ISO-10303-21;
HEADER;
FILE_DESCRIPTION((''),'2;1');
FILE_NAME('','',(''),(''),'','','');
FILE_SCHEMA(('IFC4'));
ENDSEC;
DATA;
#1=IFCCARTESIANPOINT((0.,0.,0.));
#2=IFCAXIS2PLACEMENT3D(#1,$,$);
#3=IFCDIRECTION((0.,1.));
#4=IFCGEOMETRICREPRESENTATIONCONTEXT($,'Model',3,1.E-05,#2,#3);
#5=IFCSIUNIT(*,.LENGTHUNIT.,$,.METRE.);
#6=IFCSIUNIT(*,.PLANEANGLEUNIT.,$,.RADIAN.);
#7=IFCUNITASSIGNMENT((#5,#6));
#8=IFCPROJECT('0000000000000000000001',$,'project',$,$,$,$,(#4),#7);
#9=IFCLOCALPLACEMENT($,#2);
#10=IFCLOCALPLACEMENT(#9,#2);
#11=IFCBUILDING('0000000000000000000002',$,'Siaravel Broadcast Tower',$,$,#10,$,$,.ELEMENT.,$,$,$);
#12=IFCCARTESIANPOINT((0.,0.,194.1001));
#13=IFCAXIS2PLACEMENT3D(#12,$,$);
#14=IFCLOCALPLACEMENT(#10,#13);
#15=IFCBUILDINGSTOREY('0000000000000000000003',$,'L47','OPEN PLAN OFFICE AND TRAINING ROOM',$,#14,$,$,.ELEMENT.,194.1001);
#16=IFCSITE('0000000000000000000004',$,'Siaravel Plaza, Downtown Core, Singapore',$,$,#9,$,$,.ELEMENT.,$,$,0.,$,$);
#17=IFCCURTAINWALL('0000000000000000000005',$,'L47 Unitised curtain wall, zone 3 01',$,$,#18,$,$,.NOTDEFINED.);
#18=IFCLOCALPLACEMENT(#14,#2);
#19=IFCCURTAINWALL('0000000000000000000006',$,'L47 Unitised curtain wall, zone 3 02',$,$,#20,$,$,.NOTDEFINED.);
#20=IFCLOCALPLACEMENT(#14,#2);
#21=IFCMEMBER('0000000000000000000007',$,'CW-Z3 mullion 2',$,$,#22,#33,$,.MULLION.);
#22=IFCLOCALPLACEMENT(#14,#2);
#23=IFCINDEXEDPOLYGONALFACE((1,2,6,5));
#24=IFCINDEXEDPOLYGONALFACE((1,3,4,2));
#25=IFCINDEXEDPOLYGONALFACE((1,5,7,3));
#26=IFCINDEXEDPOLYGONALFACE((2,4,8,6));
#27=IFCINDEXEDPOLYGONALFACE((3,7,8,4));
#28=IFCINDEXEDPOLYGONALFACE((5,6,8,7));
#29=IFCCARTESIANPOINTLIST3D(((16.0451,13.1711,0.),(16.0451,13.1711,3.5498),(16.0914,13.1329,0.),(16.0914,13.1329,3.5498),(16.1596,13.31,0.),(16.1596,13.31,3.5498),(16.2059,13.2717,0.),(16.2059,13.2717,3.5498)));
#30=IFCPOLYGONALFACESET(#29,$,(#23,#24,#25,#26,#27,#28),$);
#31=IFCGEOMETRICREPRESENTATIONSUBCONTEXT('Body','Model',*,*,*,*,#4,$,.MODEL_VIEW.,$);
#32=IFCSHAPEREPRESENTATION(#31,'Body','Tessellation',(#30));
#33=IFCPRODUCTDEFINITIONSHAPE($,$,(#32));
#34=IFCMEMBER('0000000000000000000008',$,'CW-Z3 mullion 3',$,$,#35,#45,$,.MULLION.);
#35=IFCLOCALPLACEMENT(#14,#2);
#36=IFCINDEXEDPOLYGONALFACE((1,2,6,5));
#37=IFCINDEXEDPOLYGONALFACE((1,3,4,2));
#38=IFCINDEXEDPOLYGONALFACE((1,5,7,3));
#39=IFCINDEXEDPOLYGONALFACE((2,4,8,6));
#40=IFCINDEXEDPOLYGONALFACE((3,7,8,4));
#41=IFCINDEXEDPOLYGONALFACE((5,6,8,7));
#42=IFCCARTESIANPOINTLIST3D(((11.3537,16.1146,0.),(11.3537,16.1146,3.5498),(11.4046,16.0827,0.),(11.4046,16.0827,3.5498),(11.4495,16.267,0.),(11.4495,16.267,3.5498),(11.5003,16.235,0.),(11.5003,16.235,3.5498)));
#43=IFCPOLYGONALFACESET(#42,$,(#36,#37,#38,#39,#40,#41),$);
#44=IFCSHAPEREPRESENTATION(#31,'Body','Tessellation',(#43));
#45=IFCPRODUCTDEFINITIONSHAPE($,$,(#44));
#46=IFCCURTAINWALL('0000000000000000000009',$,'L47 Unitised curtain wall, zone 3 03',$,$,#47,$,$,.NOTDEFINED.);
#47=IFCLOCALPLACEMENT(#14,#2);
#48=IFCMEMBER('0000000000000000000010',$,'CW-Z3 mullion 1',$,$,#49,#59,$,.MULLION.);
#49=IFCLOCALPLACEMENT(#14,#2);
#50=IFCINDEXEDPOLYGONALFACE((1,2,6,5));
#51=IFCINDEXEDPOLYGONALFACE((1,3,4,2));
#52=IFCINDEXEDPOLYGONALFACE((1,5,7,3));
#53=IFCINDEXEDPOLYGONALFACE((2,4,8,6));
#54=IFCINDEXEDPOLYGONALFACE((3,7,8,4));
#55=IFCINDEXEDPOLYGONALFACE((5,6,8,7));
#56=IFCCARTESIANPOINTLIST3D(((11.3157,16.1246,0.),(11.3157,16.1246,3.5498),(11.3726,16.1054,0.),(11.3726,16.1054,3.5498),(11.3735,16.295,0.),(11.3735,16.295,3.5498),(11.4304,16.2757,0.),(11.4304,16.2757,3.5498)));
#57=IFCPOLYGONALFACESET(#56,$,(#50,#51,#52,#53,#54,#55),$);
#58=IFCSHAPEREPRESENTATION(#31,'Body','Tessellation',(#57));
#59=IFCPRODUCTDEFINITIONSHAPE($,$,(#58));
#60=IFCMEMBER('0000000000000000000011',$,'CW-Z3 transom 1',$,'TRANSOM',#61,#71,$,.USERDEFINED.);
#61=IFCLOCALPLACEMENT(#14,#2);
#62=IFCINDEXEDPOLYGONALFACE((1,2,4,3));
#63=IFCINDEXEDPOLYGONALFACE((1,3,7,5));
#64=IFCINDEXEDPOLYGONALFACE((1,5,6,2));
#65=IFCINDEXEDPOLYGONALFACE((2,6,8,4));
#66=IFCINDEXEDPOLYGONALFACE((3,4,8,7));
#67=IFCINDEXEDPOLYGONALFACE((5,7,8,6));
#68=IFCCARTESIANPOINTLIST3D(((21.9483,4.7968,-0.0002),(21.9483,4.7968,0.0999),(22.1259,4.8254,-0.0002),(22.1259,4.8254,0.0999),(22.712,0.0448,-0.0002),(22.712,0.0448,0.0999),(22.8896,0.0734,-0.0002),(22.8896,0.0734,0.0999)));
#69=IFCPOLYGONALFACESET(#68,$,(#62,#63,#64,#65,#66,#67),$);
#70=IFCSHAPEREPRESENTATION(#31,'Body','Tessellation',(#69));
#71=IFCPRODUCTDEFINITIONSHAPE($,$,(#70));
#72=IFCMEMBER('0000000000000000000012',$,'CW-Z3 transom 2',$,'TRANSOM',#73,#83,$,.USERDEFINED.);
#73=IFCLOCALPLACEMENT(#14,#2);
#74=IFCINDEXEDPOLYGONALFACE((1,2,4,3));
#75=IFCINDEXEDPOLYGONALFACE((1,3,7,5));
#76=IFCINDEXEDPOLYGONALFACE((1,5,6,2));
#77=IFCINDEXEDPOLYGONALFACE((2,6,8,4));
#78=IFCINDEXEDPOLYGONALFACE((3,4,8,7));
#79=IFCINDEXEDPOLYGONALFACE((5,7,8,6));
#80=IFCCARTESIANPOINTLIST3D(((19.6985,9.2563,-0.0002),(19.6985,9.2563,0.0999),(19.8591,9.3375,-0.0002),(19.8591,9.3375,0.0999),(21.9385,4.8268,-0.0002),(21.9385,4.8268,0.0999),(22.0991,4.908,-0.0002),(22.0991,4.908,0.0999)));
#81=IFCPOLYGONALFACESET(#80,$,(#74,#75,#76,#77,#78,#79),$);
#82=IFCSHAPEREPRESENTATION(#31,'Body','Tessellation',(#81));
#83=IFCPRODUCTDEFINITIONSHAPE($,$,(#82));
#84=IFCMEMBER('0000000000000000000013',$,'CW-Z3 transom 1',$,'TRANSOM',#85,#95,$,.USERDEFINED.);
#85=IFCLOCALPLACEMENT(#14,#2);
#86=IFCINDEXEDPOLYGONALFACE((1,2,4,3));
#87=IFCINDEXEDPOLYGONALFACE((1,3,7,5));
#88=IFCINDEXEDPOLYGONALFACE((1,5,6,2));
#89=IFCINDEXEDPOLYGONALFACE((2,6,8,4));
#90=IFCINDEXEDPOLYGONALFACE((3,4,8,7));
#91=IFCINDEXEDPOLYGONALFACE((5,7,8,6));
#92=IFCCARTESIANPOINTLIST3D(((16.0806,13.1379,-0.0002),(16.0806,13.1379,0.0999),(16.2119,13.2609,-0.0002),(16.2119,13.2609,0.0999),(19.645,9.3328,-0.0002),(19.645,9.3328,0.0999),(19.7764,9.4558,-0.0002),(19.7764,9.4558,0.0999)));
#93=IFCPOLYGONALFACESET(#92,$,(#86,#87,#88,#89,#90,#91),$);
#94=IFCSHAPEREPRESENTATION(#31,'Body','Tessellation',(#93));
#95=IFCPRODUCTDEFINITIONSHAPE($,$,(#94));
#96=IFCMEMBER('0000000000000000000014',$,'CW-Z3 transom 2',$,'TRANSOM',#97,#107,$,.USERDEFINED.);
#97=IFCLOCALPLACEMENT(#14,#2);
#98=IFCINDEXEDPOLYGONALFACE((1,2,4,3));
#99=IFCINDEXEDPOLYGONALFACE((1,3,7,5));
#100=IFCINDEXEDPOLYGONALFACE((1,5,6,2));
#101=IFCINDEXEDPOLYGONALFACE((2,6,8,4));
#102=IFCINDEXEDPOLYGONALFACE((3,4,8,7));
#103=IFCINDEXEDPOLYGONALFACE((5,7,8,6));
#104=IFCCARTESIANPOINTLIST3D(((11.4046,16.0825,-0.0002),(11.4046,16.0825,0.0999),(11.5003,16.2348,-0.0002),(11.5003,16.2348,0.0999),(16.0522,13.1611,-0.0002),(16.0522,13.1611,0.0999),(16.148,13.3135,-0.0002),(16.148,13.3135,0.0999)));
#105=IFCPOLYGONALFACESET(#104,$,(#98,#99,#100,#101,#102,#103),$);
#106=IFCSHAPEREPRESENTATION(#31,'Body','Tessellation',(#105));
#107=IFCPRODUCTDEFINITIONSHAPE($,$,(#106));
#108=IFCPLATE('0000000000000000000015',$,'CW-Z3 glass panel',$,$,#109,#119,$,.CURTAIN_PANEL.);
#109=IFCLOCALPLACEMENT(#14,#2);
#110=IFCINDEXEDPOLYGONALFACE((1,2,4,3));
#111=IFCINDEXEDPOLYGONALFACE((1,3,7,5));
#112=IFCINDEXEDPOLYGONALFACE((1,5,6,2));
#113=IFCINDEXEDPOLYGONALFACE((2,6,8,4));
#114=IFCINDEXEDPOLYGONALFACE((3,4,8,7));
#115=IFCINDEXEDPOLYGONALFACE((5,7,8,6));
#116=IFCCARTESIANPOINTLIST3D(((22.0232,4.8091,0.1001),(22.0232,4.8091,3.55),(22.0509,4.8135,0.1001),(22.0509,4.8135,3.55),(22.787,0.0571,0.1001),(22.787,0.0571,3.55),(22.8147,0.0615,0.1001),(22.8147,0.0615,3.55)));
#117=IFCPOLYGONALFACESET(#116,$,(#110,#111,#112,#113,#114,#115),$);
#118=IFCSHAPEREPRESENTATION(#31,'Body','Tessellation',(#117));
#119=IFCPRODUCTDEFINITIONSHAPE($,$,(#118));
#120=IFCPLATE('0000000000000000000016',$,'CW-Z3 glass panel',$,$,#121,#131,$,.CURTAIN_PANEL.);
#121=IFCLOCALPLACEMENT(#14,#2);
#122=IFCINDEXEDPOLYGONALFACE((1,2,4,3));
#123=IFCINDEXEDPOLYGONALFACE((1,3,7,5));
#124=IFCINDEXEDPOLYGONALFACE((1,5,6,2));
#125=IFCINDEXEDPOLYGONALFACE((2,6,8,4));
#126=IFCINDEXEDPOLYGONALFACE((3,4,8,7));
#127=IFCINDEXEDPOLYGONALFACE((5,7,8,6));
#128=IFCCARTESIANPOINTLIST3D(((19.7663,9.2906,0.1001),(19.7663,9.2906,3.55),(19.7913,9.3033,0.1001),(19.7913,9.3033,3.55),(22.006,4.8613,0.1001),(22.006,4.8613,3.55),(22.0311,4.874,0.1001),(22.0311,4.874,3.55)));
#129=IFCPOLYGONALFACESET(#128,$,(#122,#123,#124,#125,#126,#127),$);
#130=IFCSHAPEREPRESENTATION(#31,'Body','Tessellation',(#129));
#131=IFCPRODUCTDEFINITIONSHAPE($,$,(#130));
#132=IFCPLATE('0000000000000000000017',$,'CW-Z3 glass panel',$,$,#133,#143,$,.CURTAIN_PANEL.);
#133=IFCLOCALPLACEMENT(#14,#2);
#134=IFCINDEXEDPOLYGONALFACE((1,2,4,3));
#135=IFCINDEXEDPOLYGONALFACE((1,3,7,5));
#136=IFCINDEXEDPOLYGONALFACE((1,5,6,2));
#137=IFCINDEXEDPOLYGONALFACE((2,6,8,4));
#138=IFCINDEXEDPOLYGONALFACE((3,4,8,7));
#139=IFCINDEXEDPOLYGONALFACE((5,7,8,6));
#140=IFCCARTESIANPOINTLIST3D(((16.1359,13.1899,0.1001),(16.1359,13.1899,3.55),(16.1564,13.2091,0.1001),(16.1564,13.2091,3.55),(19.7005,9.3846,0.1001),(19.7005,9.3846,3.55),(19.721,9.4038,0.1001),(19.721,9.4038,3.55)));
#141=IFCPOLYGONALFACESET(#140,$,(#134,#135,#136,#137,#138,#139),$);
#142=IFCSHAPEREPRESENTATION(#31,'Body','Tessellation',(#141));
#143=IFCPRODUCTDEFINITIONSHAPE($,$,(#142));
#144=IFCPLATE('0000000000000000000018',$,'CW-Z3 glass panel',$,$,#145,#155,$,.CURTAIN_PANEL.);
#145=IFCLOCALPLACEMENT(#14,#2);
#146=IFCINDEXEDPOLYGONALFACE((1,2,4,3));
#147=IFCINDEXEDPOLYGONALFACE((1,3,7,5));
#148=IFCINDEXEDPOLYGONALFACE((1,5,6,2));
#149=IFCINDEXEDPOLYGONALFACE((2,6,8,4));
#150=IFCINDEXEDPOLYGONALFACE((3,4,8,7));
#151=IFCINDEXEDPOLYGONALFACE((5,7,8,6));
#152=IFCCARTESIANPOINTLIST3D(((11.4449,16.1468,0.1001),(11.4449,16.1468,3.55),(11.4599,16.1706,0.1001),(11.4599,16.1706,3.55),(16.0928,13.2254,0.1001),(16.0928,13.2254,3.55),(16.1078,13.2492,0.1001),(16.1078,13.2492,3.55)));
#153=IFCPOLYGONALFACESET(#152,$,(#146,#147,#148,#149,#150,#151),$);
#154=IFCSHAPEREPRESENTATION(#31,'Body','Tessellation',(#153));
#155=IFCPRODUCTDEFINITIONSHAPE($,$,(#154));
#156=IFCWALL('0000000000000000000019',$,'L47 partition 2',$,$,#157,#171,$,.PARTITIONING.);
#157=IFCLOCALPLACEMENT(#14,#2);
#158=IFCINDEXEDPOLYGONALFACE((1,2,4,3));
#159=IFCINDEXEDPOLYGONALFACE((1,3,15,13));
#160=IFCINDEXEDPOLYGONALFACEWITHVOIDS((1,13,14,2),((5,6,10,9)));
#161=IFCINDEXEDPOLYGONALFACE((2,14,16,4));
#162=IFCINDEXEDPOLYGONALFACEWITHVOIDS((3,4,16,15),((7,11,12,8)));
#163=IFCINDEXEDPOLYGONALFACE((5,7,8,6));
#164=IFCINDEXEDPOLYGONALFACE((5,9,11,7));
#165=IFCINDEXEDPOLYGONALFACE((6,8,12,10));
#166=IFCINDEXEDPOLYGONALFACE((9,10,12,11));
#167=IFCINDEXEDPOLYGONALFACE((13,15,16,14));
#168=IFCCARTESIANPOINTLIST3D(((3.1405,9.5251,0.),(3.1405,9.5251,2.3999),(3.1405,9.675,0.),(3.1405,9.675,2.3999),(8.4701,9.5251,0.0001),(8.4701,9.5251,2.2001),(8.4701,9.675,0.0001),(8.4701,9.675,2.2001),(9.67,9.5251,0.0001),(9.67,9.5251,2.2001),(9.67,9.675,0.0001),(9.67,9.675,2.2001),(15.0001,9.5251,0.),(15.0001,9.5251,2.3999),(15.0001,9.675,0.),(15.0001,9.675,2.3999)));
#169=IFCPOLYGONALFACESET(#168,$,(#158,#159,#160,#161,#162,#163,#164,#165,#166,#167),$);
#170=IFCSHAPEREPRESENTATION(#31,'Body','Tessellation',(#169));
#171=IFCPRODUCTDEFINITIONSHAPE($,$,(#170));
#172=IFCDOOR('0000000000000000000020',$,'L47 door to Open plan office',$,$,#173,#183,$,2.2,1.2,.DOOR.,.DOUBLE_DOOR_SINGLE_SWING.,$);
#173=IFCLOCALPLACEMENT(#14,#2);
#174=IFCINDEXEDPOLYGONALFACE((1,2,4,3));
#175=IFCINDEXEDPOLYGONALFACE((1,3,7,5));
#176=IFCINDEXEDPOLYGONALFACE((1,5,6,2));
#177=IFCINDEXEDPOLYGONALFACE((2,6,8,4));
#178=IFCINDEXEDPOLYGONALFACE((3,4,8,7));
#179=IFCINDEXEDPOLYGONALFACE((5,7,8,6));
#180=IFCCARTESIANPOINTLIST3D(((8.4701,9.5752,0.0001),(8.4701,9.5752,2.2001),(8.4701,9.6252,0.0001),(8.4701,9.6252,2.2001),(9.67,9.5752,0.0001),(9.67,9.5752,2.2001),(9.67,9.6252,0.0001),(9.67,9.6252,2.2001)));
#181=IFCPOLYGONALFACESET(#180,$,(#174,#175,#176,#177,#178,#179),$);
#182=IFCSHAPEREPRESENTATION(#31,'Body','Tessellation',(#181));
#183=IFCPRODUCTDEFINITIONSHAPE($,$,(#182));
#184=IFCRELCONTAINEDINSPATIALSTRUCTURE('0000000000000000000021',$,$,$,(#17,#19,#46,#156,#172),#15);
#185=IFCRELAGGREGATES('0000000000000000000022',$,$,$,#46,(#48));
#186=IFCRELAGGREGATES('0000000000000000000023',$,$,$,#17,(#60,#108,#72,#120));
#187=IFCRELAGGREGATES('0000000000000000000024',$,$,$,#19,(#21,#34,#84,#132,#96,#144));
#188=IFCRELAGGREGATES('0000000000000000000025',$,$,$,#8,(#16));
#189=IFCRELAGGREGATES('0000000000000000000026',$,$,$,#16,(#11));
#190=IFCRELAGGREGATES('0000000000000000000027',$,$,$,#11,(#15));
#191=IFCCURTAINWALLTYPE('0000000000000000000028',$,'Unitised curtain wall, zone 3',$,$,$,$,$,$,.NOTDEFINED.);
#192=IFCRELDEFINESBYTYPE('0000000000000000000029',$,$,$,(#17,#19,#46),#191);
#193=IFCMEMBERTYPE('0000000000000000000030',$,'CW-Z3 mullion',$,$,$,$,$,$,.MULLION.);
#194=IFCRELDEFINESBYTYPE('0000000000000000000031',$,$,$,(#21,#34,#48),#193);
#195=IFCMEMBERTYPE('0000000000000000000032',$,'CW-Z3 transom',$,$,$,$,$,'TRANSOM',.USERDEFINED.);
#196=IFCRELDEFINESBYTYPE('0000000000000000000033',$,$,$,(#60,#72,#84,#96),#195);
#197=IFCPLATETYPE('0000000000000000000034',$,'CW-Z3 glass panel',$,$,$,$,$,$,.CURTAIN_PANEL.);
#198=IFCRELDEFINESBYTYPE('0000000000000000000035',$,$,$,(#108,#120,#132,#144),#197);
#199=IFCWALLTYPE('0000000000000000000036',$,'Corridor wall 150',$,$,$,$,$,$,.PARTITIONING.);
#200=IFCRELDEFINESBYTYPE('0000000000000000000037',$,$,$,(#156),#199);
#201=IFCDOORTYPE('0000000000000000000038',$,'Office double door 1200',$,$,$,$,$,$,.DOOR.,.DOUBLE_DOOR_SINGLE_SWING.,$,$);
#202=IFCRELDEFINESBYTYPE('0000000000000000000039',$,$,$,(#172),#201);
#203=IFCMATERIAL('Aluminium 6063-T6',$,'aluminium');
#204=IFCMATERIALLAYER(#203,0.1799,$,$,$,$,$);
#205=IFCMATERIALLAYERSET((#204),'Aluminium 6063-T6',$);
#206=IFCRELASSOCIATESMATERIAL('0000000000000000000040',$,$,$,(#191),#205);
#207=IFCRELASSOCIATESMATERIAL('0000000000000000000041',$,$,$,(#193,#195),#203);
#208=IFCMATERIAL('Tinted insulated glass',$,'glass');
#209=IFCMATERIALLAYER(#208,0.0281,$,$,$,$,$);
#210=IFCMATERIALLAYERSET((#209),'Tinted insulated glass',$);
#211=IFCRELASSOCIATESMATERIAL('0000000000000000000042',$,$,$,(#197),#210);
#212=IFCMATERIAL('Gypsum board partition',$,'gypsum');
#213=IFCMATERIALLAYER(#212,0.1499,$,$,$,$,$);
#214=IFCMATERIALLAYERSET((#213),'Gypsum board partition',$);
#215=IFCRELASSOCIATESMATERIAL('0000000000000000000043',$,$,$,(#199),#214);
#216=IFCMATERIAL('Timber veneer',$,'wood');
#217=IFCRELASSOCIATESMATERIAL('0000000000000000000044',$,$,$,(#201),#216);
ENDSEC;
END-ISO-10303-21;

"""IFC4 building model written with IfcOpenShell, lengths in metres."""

from ifc_helpers import new_model, si_unit, direction, frame, frame_2d, origin, origin_2d, place, context, subcontext, project, spatial, rectangle, extrude, material, layer, layer_set, material_profile, profile_set, type_object, element, fill, aggregate, save


model = new_model("IFC4")

# Units and contexts
model_context = context("Model", 3, precision=1e-05, world=origin(), true_north=direction((0.0, 1.0)))
body_context = subcontext(model_context, "Body", "Model", "MODEL_VIEW")
ifc_project = project(units=[si_unit("LENGTHUNIT", "METRE"), si_unit("PLANEANGLEUNIT", "RADIAN")], contexts=[model_context])

# Site, building, storey
site_placement = place(None, origin())
site = spatial("IfcSite", under=ifc_project, at=site_placement, Name="Siaravel Plaza, Downtown Core, Singapore", CompositionType="ELEMENT", RefElevation=0.0)
building_placement = place(site_placement, origin())
building = spatial("IfcBuilding", under=site, at=building_placement, Name="Siaravel Broadcast Tower", CompositionType="ELEMENT")
storey_placement = place(building_placement, frame((0.0, 0.0, 194.1001)))
storey = spatial("IfcBuildingStorey", under=building, at=storey_placement, Name="L47", Description="OPEN PLAN OFFICE AND TRAINING ROOM", CompositionType="ELEMENT", Elevation=194.1001)

# Curtain walls, members
ifc_material_1 = material(Name="Aluminium 6063-T6", Category="aluminium")
ifc_layer_1 = layer(ifc_material_1, 0.1799)
ifc_layer_set_1 = layer_set([ifc_layer_1], Name="Aluminium 6063-T6")
curtain_wall_type = type_object("IfcCurtainWallType", Name="Unitised curtain wall, zone 3", PredefinedType="NOTDEFINED", material=ifc_layer_set_1)
curtain_wall_1_placement = place(storey_placement, origin())
curtain_wall_1 = element("IfcCurtainWall", 1, at=curtain_wall_1_placement, inside=storey, type_object=curtain_wall_type, Name="L47 Unitised curtain wall, zone 3 01", PredefinedType="NOTDEFINED")
ifc_material_profile_1 = material_profile(ifc_material_1, rectangle(XDim=0.1799, YDim=0.0601, at=origin_2d()))
ifc_profile_set_1 = profile_set([ifc_material_profile_1], Name="Aluminium 6063-T6")
member_type_1 = type_object("IfcMemberType", Name="CW-Z3 mullion", PredefinedType="MULLION", material=ifc_profile_set_1)
curtain_wall_2_placement = place(storey_placement, origin())
curtain_wall_2 = element("IfcCurtainWall", 2, at=curtain_wall_2_placement, inside=storey, type_object=curtain_wall_type, Name="L47 Unitised curtain wall, zone 3 02", PredefinedType="NOTDEFINED")
member_1_placement = place(storey_placement, frame((16.1255, 13.2214, 0.0), z_axis=(0.0, 0.0, 1.0), x_axis=(-0.636219, -0.771509, 0.0)))
member_1 = element("IfcMember", 3, at=member_1_placement, type_object=member_type_1, Name="CW-Z3 mullion 2", PredefinedType="MULLION", context=body_context, shape_type="SweptSolid", body=[
    extrude(rectangle(XDim=0.1799, YDim=0.0601, at=origin_2d()), origin(), (0.0, 0.0, 1.0), 3.5498),
])
member_2_placement = place(storey_placement, frame((11.427, 16.1748, 0.0), z_axis=(0.0, 0.0, 1.0), x_axis=(-0.532149, -0.846651, 0.0)))
member_2 = element("IfcMember", 4, at=member_2_placement, type_object=member_type_1, Name="CW-Z3 mullion 3", PredefinedType="MULLION", context=body_context, shape_type="SweptSolid", body=[
    extrude(rectangle(XDim=0.1799, YDim=0.0601, at=origin_2d()), origin(), (0.0, 0.0, 1.0), 3.5498),
])

# Curtain wall, member
curtain_wall_3_placement = place(storey_placement, origin())
curtain_wall_3 = element("IfcCurtainWall", 5, at=curtain_wall_3_placement, inside=storey, type_object=curtain_wall_type, Name="L47 Unitised curtain wall, zone 3 03", PredefinedType="NOTDEFINED")
member_3_placement = place(storey_placement, frame((11.373, 16.2002, 0.0), z_axis=(0.0, 0.0, 1.0), x_axis=(-0.3213, -0.946977, 0.0)))
member_3 = element("IfcMember", 6, at=member_3_placement, type_object=member_type_1, Name="CW-Z3 mullion 1", PredefinedType="MULLION", context=body_context, shape_type="SweptSolid", body=[
    extrude(rectangle(XDim=0.1799, YDim=0.0601, at=origin_2d()), origin(), (0.0, 0.0, 1.0), 3.5498),
])
aggregate(curtain_wall_3, [member_3])

# Members
ifc_material_profile_2 = material_profile(ifc_material_1, rectangle(XDim=0.1799, YDim=0.1001, at=origin_2d()))
ifc_profile_set_2 = profile_set([ifc_material_profile_2], Name="Aluminium 6063-T6")
member_type_2 = type_object("IfcMemberType", Name="CW-Z3 transom", ElementType="TRANSOM", PredefinedType="USERDEFINED", material=ifc_profile_set_2)
member_4_placement = place(storey_placement, frame((22.8008, 0.0591, 0.0498), z_axis=(-0.158671, 0.987332, 0.0), x_axis=(-0.987332, -0.158671, 0.0)))
member_4 = element("IfcMember", 7, at=member_4_placement, type_object=member_type_2, Name="CW-Z3 transom 1", ObjectType="TRANSOM", PredefinedType="USERDEFINED", context=body_context, shape_type="SweptSolid", body=[
    extrude(rectangle(XDim=0.1799, YDim=0.1001, at=origin_2d()), origin(), (0.0, 0.0, 1.0), 4.813),
])
member_5_placement = place(storey_placement, frame((22.0188, 4.8674, 0.0498), z_axis=(-0.451282, 0.892382, 0.0), x_axis=(-0.892382, -0.451282, 0.0)))
member_5 = element("IfcMember", 8, at=member_5_placement, type_object=member_type_2, Name="CW-Z3 transom 2", ObjectType="TRANSOM", PredefinedType="USERDEFINED", context=body_context, shape_type="SweptSolid", body=[
    extrude(rectangle(XDim=0.1799, YDim=0.1001, at=origin_2d()), origin(), (0.0, 0.0, 1.0), 4.9636),
])
member_6_placement = place(storey_placement, frame((19.7107, 9.3943, 0.0498), z_axis=(-0.683645, 0.729815, 0.0), x_axis=(-0.729815, -0.683645, 0.0)))
member_6 = element("IfcMember", 9, at=member_6_placement, type_object=member_type_2, Name="CW-Z3 transom 1", ObjectType="TRANSOM", PredefinedType="USERDEFINED", context=body_context, shape_type="SweptSolid", body=[
    extrude(rectangle(XDim=0.1799, YDim=0.1001, at=origin_2d()), origin(), (0.0, 0.0, 1.0), 5.2139),
])
member_7_placement = place(storey_placement, frame((16.1001, 13.2373, 0.0498), z_axis=(-0.846639, 0.532168, 0.0), x_axis=(-0.532168, -0.846639, 0.0)))
member_7 = element("IfcMember", 10, at=member_7_placement, type_object=member_type_2, Name="CW-Z3 transom 2", ObjectType="TRANSOM", PredefinedType="USERDEFINED", context=body_context, shape_type="SweptSolid", body=[
    extrude(rectangle(XDim=0.1799, YDim=0.1001, at=origin_2d()), origin(), (0.0, 0.0, 1.0), 5.4895),
])

# Plates
ifc_material_2 = material(Name="Tinted insulated glass", Category="glass")
ifc_layer_2 = layer(ifc_material_2, 0.0281)
ifc_layer_set_2 = layer_set([ifc_layer_2], Name="Tinted insulated glass")
plate_type = type_object("IfcPlateType", Name="CW-Z3 glass panel", PredefinedType="CURTAIN_PANEL", material=ifc_layer_set_2)
plate_1_placement = place(storey_placement, frame((22.4189, 2.4353, 0.1001), z_axis=(0.0, 0.0, 1.0), x_axis=(-0.158685, 0.987329, 0.0)))
plate_1 = element("IfcPlate", 11, at=plate_1_placement, type_object=plate_type, Name="CW-Z3 glass panel", PredefinedType="CURTAIN_PANEL", context=body_context, shape_type="SweptSolid", body=[
    extrude(rectangle(XDim=4.813, YDim=0.0281, at=origin_2d()), origin(), (0.0, 0.0, 1.0), 3.45),
])
plate_2_placement = place(storey_placement, frame((20.8987, 7.0823, 0.1001), z_axis=(0.0, 0.0, 1.0), x_axis=(-0.451261, 0.892392, 0.0)))
plate_2 = element("IfcPlate", 12, at=plate_2_placement, type_object=plate_type, Name="CW-Z3 glass panel", PredefinedType="CURTAIN_PANEL", context=body_context, shape_type="SweptSolid", body=[
    extrude(rectangle(XDim=4.9634, YDim=0.0281, at=origin_2d()), origin(), (0.0, 0.0, 1.0), 3.45),
])
aggregate(curtain_wall_1, [member_4, plate_1, member_5, plate_2])
plate_3_placement = place(storey_placement, frame((17.9285, 11.2969, 0.1001), z_axis=(0.0, 0.0, 1.0), x_axis=(-0.683655, 0.729805, 0.0)))
plate_3 = element("IfcPlate", 13, at=plate_3_placement, type_object=plate_type, Name="CW-Z3 glass panel", PredefinedType="CURTAIN_PANEL", context=body_context, shape_type="SweptSolid", body=[
    extrude(rectangle(XDim=5.2141, YDim=0.0281, at=origin_2d()), origin(), (0.0, 0.0, 1.0), 3.45),
])
plate_4_placement = place(storey_placement, frame((13.7764, 14.698, 0.1001), z_axis=(0.0, 0.0, 1.0), x_axis=(-0.846651, 0.532149, 0.0)))
plate_4 = element("IfcPlate", 14, at=plate_4_placement, type_object=plate_type, Name="CW-Z3 glass panel", PredefinedType="CURTAIN_PANEL", context=body_context, shape_type="SweptSolid", body=[
    extrude(rectangle(XDim=5.4897, YDim=0.0281, at=origin_2d()), origin(), (0.0, 0.0, 1.0), 3.45),
])
aggregate(curtain_wall_2, [member_1, member_2, member_6, plate_3, member_7, plate_4])

# Wall, opening, door
ifc_material_3 = material(Name="Gypsum board partition", Category="gypsum")
ifc_layer_3 = layer(ifc_material_3, 0.1499)
ifc_layer_set_3 = layer_set([ifc_layer_3], Name="Gypsum board partition")
wall_type_1 = type_object("IfcWallType", Name="Corridor wall 150", PredefinedType="PARTITIONING", material=ifc_layer_set_3)
wall_1_placement = place(storey_placement, frame((15.0, 9.6001, 0.0), z_axis=(0.0, 0.0, 1.0), x_axis=(-1.0, 0.0, 0.0)))
wall_1 = element("IfcWall", 15, at=wall_1_placement, inside=storey, type_object=wall_type_1, Name="L47 partition 2", PredefinedType="PARTITIONING", context=body_context, shape_type="SweptSolid", body=[
    extrude(rectangle(XDim=11.8596, YDim=0.1499, at=frame_2d((5.9297, 0.0))), origin(), (0.0, 0.0, 1.0), 2.3999),
])
opening_1_placement = place(wall_1_placement, frame((5.3298, 0.0, 0.0)))
opening_1 = element("IfcOpeningElement", 16, at=opening_1_placement, cuts=wall_1, PredefinedType="OPENING", context=body_context, shape_type="SweptSolid", body=[
    extrude(rectangle(XDim=1.2, YDim=2.2, at=frame_2d((0.6001, 1.1001))), frame((0.0, 0.085, 0.0), z_axis=(0.0, -1.0, 0.0), x_axis=(1.0, 0.0, 0.0)), (0.0, 0.0, 1.0), 0.1699),
])
ifc_material_4 = material(Name="Timber veneer", Category="wood")
door_type = type_object("IfcDoorType", Name="Office double door 1200", OperationType="DOUBLE_DOOR_SINGLE_SWING", PredefinedType="DOOR", material=ifc_material_4)
door_1_placement = place(opening_1_placement, origin())
door_1 = element("IfcDoor", 17, at=door_1_placement, inside=storey, type_object=door_type, Name="L47 door to Open plan office", OperationType="DOUBLE_DOOR_SINGLE_SWING", OverallHeight=2.2, OverallWidth=1.2, PredefinedType="DOOR", context=body_context, shape_type="SweptSolid", body=[
    extrude(rectangle(XDim=1.2, YDim=2.2, at=frame_2d((0.6001, 1.1001))), frame((0.0, 0.0249, 0.0), z_axis=(0.0, -1.0, 0.0), x_axis=(1.0, 0.0, 0.0)), (0.0, 0.0, 1.0), 0.05),
])
fill(opening_1, door_1)

save(model, "model.ifc")
